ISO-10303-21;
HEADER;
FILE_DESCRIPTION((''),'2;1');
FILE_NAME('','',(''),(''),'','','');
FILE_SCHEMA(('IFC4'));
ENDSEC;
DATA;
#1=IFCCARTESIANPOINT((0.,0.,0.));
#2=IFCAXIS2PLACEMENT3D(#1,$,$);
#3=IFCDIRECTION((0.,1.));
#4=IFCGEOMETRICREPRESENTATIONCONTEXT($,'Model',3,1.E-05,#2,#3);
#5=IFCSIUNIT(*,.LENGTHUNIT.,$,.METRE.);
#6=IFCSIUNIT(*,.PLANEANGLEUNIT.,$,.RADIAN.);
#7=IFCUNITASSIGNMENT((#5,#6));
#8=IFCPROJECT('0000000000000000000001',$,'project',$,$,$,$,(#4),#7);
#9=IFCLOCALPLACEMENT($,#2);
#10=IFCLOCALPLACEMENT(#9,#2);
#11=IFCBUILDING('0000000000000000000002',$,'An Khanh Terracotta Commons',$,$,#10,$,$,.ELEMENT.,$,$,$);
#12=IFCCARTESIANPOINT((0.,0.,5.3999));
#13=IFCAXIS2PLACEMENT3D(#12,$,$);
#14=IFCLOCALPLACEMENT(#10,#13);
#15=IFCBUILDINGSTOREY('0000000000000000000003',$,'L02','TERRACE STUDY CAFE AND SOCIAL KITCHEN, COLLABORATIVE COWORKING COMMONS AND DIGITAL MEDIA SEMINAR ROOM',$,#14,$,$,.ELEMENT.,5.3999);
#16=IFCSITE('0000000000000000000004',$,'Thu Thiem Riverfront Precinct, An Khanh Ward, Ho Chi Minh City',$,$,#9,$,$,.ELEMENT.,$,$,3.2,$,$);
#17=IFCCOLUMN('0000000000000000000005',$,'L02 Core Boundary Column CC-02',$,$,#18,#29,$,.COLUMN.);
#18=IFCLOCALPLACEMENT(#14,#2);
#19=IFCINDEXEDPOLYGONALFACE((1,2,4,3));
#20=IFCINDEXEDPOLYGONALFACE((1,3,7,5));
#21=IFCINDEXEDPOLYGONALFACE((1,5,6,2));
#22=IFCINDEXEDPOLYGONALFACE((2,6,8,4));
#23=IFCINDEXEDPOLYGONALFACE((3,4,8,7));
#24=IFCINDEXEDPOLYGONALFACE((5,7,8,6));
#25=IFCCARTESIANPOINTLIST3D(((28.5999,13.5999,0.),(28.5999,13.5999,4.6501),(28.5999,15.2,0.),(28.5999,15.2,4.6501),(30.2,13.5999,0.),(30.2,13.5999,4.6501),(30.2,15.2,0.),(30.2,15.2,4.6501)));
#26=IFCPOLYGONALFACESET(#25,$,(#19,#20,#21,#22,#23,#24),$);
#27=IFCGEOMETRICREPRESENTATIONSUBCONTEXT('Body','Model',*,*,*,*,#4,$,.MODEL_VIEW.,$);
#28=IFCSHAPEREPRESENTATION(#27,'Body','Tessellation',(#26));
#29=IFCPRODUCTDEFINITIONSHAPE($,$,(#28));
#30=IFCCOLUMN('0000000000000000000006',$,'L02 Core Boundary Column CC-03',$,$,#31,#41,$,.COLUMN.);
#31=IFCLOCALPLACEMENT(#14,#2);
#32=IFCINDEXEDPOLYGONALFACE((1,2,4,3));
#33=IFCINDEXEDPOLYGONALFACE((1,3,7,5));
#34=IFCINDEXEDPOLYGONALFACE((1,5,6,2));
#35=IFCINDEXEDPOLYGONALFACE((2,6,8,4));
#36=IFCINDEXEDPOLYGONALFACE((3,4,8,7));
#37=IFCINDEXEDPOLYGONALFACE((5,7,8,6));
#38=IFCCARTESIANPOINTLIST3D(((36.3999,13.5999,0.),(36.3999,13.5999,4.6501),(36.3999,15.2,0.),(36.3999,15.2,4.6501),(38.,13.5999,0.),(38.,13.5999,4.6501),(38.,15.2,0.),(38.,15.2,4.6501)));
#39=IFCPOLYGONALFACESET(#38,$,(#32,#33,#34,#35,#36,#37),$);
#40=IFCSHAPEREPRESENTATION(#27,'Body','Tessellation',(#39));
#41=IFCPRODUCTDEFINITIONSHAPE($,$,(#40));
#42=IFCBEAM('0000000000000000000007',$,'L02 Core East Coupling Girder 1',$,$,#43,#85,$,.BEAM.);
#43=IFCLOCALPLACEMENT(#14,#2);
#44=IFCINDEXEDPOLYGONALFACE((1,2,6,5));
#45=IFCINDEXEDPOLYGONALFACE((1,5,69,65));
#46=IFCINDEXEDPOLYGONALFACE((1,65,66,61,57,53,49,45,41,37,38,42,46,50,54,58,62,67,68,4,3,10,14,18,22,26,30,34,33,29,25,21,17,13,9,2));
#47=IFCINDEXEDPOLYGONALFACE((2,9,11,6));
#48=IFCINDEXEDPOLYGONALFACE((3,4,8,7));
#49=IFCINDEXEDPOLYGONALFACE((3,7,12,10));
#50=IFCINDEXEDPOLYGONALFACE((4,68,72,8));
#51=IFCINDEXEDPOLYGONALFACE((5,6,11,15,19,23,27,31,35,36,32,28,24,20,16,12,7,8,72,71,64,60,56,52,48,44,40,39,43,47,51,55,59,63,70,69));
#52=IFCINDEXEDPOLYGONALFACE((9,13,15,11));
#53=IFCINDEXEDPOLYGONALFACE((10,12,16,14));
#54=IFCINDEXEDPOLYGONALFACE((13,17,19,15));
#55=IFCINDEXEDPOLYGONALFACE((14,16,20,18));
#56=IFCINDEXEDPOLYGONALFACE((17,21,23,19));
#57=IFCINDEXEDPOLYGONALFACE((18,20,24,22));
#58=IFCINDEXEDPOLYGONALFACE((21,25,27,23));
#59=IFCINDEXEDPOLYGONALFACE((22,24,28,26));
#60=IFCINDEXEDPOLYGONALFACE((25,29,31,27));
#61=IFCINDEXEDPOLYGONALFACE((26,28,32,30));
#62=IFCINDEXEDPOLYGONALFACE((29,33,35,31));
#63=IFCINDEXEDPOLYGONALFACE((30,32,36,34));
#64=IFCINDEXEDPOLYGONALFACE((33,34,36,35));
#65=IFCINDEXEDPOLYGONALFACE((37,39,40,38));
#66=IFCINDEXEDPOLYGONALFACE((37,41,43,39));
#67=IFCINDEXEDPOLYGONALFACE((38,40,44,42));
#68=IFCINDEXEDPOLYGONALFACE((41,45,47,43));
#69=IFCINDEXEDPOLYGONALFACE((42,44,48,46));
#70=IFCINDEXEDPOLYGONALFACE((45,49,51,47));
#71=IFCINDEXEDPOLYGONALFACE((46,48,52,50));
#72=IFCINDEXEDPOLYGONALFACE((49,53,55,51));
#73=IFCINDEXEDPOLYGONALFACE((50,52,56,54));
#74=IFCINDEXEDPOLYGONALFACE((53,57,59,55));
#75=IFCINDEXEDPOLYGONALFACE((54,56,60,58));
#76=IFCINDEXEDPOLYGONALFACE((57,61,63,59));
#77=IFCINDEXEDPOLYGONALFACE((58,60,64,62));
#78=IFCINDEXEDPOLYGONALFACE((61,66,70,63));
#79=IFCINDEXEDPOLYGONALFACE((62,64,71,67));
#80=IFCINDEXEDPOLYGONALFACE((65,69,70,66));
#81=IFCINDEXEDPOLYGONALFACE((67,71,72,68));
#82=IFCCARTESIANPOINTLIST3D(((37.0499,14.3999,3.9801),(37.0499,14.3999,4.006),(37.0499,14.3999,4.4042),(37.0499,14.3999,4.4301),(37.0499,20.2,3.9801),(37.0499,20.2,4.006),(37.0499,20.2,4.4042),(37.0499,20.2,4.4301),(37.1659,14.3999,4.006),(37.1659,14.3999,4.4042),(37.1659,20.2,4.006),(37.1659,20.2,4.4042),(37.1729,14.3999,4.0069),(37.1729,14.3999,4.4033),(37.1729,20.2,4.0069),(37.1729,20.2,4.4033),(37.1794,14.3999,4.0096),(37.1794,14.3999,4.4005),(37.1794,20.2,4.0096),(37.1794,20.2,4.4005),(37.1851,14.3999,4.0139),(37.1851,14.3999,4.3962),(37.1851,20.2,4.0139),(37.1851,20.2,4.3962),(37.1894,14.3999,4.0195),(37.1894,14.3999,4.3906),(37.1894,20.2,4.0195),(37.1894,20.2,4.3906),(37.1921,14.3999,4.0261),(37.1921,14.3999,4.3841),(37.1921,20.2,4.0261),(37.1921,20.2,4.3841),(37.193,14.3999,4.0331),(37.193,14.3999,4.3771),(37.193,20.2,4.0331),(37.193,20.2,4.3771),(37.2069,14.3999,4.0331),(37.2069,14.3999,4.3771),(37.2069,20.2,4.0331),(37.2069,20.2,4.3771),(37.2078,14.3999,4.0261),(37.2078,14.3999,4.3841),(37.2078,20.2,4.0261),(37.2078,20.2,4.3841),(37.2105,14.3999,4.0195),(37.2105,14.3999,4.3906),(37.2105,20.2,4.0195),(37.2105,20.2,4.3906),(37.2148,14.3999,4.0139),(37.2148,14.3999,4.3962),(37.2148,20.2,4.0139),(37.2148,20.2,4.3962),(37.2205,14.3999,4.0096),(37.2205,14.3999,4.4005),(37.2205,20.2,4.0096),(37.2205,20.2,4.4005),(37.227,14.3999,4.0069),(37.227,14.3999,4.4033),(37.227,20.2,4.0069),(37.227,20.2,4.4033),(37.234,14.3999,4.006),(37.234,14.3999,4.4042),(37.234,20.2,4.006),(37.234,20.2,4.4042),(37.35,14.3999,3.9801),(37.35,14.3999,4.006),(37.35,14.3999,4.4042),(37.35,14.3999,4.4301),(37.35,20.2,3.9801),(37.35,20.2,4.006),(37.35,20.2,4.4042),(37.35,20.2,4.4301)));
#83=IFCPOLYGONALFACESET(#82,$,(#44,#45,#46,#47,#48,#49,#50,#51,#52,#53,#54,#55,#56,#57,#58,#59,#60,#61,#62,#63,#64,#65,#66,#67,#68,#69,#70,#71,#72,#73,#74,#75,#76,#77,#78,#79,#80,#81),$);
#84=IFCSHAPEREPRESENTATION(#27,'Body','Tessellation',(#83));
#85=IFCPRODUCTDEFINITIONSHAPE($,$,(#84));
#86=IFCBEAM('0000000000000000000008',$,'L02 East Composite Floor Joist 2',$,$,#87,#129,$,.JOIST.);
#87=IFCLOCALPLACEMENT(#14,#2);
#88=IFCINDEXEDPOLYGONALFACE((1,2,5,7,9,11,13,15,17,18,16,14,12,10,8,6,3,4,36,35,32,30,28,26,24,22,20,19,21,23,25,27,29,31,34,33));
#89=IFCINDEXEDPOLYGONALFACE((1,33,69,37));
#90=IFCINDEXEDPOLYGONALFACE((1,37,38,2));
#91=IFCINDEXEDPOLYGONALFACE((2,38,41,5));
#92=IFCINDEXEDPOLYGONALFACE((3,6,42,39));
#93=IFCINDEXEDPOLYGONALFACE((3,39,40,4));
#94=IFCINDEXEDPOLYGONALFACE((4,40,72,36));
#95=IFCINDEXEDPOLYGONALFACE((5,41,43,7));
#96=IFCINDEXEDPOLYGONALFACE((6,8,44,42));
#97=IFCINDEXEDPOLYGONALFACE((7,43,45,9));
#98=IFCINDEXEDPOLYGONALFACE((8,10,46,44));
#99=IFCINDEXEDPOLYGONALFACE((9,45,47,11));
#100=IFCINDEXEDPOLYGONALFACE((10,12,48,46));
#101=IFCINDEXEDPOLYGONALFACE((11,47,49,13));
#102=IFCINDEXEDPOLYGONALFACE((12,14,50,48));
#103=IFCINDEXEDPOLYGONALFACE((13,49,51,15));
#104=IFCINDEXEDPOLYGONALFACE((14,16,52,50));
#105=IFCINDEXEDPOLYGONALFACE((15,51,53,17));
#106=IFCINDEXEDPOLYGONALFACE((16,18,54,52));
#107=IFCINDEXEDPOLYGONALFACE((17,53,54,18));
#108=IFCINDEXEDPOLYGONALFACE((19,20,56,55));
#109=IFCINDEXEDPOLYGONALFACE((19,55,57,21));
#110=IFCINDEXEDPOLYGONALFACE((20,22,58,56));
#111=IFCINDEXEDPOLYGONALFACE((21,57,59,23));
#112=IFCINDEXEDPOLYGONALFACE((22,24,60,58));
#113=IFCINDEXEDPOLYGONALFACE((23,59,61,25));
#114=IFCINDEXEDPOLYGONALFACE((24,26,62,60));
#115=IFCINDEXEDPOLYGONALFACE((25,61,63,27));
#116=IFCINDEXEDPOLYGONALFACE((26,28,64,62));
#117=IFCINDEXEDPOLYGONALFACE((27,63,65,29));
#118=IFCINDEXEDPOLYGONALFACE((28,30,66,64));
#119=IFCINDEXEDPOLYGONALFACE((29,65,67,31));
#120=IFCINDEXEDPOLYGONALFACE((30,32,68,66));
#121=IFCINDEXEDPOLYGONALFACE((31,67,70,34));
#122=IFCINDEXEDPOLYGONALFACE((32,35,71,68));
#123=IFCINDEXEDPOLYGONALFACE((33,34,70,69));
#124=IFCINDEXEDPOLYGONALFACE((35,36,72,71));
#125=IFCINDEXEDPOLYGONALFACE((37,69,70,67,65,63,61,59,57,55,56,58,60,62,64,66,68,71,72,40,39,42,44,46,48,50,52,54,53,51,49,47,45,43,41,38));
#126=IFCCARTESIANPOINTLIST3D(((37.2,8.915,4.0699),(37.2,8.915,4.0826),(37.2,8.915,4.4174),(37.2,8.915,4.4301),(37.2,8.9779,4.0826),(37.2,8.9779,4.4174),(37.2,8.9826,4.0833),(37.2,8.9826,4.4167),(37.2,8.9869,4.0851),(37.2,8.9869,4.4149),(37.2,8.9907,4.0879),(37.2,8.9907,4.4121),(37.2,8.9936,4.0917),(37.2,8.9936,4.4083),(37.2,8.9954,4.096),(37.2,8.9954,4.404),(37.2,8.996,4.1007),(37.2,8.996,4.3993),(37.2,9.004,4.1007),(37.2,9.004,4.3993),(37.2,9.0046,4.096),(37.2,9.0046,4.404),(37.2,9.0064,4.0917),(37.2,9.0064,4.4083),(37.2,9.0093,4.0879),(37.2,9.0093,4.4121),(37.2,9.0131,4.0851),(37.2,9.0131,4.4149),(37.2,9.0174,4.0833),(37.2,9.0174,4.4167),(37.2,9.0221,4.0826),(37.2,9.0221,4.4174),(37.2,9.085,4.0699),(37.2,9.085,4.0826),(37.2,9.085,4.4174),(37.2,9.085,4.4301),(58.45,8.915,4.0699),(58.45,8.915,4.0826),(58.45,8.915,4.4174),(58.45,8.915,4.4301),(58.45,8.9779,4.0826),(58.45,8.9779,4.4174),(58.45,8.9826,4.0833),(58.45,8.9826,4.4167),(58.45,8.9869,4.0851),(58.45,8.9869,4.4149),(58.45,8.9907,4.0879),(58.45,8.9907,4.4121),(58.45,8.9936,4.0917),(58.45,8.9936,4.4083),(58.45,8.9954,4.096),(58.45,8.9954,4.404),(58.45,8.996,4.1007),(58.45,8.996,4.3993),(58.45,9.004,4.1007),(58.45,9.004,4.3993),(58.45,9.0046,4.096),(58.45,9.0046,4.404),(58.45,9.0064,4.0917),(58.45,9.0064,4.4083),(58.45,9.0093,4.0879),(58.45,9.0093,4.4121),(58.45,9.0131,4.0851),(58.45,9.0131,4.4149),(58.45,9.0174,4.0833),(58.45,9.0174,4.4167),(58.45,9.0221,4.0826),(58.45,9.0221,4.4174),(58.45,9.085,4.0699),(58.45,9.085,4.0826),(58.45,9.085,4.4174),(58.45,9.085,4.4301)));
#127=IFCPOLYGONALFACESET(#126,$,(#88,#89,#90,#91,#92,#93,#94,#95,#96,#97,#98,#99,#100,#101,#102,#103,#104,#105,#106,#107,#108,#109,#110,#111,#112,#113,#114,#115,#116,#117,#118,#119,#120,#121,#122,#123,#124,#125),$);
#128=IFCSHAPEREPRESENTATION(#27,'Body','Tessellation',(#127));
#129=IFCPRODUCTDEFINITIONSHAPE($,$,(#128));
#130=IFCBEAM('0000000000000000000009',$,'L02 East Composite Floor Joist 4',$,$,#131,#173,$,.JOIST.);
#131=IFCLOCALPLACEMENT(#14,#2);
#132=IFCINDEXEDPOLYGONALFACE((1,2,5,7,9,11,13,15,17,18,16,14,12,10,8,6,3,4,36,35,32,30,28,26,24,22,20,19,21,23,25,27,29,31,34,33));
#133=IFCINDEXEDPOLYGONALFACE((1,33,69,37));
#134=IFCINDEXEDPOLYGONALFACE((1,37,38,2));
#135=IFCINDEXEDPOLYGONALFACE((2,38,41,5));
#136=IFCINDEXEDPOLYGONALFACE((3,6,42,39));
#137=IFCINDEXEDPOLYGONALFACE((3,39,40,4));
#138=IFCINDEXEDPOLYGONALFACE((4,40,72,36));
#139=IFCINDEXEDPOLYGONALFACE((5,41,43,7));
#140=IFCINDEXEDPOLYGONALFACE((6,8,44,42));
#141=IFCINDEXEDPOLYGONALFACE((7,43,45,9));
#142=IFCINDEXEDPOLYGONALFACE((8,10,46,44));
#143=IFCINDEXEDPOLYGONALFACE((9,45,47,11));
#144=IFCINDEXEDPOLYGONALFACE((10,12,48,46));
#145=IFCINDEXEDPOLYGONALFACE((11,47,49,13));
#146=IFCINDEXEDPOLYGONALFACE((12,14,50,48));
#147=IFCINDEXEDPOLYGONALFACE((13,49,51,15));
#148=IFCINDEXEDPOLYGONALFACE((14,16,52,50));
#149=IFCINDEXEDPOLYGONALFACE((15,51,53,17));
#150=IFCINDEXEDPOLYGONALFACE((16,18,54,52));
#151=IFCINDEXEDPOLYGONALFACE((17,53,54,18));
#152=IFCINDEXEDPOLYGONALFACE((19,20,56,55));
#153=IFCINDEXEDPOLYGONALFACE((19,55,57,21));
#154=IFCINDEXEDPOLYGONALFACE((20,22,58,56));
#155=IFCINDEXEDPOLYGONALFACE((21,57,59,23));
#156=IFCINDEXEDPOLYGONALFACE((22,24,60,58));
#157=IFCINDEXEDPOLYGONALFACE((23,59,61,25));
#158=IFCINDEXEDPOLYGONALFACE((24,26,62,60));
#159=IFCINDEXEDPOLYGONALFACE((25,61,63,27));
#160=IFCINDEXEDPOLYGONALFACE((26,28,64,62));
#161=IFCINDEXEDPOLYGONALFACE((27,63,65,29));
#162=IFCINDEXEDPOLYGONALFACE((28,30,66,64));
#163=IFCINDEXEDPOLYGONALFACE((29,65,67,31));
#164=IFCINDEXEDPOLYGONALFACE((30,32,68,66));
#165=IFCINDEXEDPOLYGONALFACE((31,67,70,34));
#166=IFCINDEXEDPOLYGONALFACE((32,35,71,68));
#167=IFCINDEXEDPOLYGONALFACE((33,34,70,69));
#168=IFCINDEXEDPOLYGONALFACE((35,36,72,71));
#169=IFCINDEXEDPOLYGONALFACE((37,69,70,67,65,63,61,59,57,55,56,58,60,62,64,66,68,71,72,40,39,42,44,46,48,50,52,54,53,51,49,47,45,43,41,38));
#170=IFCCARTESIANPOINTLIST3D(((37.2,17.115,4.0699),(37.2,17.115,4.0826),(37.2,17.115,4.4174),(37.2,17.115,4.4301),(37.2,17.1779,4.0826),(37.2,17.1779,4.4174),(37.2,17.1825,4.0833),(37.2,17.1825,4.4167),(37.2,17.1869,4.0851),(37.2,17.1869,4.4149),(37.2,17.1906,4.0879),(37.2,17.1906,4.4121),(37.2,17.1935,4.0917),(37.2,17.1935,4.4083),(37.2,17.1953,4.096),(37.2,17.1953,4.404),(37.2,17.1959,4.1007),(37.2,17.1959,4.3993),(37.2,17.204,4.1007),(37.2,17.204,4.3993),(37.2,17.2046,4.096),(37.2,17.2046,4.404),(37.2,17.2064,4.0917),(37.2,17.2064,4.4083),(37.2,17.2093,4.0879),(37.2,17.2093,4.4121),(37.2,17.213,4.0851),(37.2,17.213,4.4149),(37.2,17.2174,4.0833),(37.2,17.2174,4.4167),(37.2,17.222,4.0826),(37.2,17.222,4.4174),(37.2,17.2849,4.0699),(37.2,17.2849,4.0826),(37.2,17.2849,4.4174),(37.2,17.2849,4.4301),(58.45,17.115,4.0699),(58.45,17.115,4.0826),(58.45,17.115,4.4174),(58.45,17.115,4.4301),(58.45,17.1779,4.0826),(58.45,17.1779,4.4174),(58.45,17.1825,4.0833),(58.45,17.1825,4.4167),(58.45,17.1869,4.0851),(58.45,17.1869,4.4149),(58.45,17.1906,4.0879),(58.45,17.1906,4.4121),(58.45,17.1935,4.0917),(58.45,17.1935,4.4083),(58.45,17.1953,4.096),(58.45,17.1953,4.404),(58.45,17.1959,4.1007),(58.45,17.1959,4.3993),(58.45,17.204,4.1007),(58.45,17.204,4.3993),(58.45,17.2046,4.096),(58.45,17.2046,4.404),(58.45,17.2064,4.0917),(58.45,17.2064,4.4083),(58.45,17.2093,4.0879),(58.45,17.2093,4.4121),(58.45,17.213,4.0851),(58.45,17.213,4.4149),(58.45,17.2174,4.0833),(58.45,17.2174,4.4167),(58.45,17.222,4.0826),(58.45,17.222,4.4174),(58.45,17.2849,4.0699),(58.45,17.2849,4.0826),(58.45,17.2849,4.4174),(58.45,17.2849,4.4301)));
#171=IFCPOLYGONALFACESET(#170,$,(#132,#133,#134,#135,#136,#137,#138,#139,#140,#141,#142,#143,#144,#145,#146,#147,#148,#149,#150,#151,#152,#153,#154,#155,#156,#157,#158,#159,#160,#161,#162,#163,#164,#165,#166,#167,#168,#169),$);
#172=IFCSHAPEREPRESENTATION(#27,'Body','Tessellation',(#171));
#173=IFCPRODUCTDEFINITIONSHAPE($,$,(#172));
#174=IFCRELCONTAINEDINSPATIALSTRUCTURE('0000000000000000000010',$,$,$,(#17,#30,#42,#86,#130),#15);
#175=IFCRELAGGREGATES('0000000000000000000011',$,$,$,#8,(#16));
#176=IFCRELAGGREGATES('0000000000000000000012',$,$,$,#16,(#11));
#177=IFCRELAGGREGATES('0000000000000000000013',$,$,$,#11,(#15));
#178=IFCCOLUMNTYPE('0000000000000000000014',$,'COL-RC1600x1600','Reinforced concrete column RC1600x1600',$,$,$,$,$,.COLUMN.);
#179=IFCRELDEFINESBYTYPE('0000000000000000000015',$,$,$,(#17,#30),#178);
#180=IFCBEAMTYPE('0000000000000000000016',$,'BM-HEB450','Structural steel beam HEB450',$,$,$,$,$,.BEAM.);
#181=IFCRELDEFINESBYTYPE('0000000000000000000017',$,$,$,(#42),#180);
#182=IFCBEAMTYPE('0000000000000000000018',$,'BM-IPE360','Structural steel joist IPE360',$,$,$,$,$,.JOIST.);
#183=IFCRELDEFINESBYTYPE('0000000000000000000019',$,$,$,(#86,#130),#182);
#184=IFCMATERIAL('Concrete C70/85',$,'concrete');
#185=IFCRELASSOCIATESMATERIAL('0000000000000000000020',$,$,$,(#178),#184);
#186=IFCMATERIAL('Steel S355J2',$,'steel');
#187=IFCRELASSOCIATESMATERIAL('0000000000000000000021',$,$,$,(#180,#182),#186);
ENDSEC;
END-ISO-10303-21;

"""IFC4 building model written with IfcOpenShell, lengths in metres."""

from ifc_helpers import new_model, si_unit, direction, frame, origin, origin_2d, place, context, subcontext, project, spatial, rectangle, i_section, extrude, material, material_profile, profile_set, type_object, element, save


model = new_model("IFC4")

# Units and contexts
model_context = context("Model", 3, precision=1e-05, world=origin(), true_north=direction((0.0, 1.0)))
body_context = subcontext(model_context, "Body", "Model", "MODEL_VIEW")
ifc_project = project(units=[si_unit("LENGTHUNIT", "METRE"), si_unit("PLANEANGLEUNIT", "RADIAN")], contexts=[model_context])

# Site, building, storey
site_placement = place(None, origin())
site = spatial("IfcSite", under=ifc_project, at=site_placement, Name="Thu Thiem Riverfront Precinct, An Khanh Ward, Ho Chi Minh City", CompositionType="ELEMENT", RefElevation=3.2)
building_placement = place(site_placement, origin())
building = spatial("IfcBuilding", under=site, at=building_placement, Name="An Khanh Terracotta Commons", CompositionType="ELEMENT")
storey_placement = place(building_placement, frame((0.0, 0.0, 5.3999)))
storey = spatial("IfcBuildingStorey", under=building, at=storey_placement, Name="L02", Description="TERRACE STUDY CAFE AND SOCIAL KITCHEN, COLLABORATIVE COWORKING COMMONS AND DIGITAL MEDIA SEMINAR ROOM", CompositionType="ELEMENT", Elevation=5.3999)

# Columns
ifc_material_1 = material(Name="Concrete C70/85", Category="concrete")
ifc_material_profile_1 = material_profile(ifc_material_1, rectangle(XDim=1.6001, YDim=1.6001, at=origin_2d()), Name="RC1600x1600")
ifc_profile_set_1 = profile_set([ifc_material_profile_1], Name="Concrete C70/85")
column_type = type_object("IfcColumnType", Name="COL-RC1600x1600", Description="Reinforced concrete column RC1600x1600", PredefinedType="COLUMN", material=ifc_profile_set_1)
for number, where, z_axis, x_axis, name in (
    (1, (29.3999, 14.3999, 0.0), (0.0, 0.0, 1.0), (1.0, 0.0, 0.0), "L02 Core Boundary Column CC-02"),
    (2, (37.2, 14.3999, 0.0), (0.0, 0.0, 1.0), (1.0, 0.0, 0.0), "L02 Core Boundary Column CC-03"),
):
    element("IfcColumn", number, at=place(storey_placement, frame(where, z_axis=z_axis, x_axis=x_axis)), inside=storey, type_object=column_type, Name=name, PredefinedType="COLUMN", context=body_context, shape_type="SweptSolid", body=[
        extrude(rectangle(XDim=1.6001, YDim=1.6001, at=origin_2d()), origin(), (0.0, 0.0, 1.0), 4.6501),
    ])

# Beams
ifc_material_2 = material(Name="Steel S355J2", Category="steel")
ifc_material_profile_2 = material_profile(ifc_material_2, i_section(OverallWidth=0.3, OverallDepth=0.45, WebThickness=0.0139, FlangeThickness=0.0259, FilletRadius=0.0271, at=origin_2d()), Name="HEB450")
ifc_profile_set_2 = profile_set([ifc_material_profile_2], Name="Steel S355J2")
beam_type_1 = type_object("IfcBeamType", Name="BM-HEB450", Description="Structural steel beam HEB450", PredefinedType="BEAM", material=ifc_profile_set_2)
beam_placement = place(storey_placement, frame((37.2, 14.3999, 4.2051), z_axis=(0.0, 1.0, 0.0), x_axis=(-1.0, 0.0, 0.0)))
element("IfcBeam", 3, at=beam_placement, inside=storey, type_object=beam_type_1, Name="L02 Core East Coupling Girder 1", PredefinedType="BEAM", context=body_context, shape_type="SweptSolid", body=[
    extrude(i_section(OverallWidth=0.3, OverallDepth=0.45, WebThickness=0.0139, FlangeThickness=0.0259, FilletRadius=0.0271, at=origin_2d()), origin(), (0.0, 0.0, 1.0), 5.8),
])
ifc_material_profile_3 = material_profile(ifc_material_2, i_section(OverallWidth=0.1699, OverallDepth=0.3601, WebThickness=0.0081, FlangeThickness=0.0127, FilletRadius=0.0181, at=origin_2d()), Name="IPE360")
ifc_profile_set_3 = profile_set([ifc_material_profile_3], Name="Steel S355J2")
beam_type_2 = type_object("IfcBeamType", Name="BM-IPE360", Description="Structural steel joist IPE360", PredefinedType="JOIST", material=ifc_profile_set_3)
for number, where, z_axis, x_axis, name in (
    (4, (37.2, 9.0, 4.25), (1.0, 0.0, 0.0), (0.0, 1.0, 0.0), "L02 East Composite Floor Joist 2"),
    (5, (37.2, 17.2, 4.25), (1.0, 0.0, 0.0), (0.0, 1.0, 0.0), "L02 East Composite Floor Joist 4"),
):
    element("IfcBeam", number, at=place(storey_placement, frame(where, z_axis=z_axis, x_axis=x_axis)), inside=storey, type_object=beam_type_2, Name=name, PredefinedType="JOIST", context=body_context, shape_type="SweptSolid", body=[
        extrude(i_section(OverallWidth=0.1699, OverallDepth=0.3601, WebThickness=0.0081, FlangeThickness=0.0127, FilletRadius=0.0181, at=origin_2d()), origin(), (0.0, 0.0, 1.0), 21.25),
    ])

save(model, "model.ifc")
